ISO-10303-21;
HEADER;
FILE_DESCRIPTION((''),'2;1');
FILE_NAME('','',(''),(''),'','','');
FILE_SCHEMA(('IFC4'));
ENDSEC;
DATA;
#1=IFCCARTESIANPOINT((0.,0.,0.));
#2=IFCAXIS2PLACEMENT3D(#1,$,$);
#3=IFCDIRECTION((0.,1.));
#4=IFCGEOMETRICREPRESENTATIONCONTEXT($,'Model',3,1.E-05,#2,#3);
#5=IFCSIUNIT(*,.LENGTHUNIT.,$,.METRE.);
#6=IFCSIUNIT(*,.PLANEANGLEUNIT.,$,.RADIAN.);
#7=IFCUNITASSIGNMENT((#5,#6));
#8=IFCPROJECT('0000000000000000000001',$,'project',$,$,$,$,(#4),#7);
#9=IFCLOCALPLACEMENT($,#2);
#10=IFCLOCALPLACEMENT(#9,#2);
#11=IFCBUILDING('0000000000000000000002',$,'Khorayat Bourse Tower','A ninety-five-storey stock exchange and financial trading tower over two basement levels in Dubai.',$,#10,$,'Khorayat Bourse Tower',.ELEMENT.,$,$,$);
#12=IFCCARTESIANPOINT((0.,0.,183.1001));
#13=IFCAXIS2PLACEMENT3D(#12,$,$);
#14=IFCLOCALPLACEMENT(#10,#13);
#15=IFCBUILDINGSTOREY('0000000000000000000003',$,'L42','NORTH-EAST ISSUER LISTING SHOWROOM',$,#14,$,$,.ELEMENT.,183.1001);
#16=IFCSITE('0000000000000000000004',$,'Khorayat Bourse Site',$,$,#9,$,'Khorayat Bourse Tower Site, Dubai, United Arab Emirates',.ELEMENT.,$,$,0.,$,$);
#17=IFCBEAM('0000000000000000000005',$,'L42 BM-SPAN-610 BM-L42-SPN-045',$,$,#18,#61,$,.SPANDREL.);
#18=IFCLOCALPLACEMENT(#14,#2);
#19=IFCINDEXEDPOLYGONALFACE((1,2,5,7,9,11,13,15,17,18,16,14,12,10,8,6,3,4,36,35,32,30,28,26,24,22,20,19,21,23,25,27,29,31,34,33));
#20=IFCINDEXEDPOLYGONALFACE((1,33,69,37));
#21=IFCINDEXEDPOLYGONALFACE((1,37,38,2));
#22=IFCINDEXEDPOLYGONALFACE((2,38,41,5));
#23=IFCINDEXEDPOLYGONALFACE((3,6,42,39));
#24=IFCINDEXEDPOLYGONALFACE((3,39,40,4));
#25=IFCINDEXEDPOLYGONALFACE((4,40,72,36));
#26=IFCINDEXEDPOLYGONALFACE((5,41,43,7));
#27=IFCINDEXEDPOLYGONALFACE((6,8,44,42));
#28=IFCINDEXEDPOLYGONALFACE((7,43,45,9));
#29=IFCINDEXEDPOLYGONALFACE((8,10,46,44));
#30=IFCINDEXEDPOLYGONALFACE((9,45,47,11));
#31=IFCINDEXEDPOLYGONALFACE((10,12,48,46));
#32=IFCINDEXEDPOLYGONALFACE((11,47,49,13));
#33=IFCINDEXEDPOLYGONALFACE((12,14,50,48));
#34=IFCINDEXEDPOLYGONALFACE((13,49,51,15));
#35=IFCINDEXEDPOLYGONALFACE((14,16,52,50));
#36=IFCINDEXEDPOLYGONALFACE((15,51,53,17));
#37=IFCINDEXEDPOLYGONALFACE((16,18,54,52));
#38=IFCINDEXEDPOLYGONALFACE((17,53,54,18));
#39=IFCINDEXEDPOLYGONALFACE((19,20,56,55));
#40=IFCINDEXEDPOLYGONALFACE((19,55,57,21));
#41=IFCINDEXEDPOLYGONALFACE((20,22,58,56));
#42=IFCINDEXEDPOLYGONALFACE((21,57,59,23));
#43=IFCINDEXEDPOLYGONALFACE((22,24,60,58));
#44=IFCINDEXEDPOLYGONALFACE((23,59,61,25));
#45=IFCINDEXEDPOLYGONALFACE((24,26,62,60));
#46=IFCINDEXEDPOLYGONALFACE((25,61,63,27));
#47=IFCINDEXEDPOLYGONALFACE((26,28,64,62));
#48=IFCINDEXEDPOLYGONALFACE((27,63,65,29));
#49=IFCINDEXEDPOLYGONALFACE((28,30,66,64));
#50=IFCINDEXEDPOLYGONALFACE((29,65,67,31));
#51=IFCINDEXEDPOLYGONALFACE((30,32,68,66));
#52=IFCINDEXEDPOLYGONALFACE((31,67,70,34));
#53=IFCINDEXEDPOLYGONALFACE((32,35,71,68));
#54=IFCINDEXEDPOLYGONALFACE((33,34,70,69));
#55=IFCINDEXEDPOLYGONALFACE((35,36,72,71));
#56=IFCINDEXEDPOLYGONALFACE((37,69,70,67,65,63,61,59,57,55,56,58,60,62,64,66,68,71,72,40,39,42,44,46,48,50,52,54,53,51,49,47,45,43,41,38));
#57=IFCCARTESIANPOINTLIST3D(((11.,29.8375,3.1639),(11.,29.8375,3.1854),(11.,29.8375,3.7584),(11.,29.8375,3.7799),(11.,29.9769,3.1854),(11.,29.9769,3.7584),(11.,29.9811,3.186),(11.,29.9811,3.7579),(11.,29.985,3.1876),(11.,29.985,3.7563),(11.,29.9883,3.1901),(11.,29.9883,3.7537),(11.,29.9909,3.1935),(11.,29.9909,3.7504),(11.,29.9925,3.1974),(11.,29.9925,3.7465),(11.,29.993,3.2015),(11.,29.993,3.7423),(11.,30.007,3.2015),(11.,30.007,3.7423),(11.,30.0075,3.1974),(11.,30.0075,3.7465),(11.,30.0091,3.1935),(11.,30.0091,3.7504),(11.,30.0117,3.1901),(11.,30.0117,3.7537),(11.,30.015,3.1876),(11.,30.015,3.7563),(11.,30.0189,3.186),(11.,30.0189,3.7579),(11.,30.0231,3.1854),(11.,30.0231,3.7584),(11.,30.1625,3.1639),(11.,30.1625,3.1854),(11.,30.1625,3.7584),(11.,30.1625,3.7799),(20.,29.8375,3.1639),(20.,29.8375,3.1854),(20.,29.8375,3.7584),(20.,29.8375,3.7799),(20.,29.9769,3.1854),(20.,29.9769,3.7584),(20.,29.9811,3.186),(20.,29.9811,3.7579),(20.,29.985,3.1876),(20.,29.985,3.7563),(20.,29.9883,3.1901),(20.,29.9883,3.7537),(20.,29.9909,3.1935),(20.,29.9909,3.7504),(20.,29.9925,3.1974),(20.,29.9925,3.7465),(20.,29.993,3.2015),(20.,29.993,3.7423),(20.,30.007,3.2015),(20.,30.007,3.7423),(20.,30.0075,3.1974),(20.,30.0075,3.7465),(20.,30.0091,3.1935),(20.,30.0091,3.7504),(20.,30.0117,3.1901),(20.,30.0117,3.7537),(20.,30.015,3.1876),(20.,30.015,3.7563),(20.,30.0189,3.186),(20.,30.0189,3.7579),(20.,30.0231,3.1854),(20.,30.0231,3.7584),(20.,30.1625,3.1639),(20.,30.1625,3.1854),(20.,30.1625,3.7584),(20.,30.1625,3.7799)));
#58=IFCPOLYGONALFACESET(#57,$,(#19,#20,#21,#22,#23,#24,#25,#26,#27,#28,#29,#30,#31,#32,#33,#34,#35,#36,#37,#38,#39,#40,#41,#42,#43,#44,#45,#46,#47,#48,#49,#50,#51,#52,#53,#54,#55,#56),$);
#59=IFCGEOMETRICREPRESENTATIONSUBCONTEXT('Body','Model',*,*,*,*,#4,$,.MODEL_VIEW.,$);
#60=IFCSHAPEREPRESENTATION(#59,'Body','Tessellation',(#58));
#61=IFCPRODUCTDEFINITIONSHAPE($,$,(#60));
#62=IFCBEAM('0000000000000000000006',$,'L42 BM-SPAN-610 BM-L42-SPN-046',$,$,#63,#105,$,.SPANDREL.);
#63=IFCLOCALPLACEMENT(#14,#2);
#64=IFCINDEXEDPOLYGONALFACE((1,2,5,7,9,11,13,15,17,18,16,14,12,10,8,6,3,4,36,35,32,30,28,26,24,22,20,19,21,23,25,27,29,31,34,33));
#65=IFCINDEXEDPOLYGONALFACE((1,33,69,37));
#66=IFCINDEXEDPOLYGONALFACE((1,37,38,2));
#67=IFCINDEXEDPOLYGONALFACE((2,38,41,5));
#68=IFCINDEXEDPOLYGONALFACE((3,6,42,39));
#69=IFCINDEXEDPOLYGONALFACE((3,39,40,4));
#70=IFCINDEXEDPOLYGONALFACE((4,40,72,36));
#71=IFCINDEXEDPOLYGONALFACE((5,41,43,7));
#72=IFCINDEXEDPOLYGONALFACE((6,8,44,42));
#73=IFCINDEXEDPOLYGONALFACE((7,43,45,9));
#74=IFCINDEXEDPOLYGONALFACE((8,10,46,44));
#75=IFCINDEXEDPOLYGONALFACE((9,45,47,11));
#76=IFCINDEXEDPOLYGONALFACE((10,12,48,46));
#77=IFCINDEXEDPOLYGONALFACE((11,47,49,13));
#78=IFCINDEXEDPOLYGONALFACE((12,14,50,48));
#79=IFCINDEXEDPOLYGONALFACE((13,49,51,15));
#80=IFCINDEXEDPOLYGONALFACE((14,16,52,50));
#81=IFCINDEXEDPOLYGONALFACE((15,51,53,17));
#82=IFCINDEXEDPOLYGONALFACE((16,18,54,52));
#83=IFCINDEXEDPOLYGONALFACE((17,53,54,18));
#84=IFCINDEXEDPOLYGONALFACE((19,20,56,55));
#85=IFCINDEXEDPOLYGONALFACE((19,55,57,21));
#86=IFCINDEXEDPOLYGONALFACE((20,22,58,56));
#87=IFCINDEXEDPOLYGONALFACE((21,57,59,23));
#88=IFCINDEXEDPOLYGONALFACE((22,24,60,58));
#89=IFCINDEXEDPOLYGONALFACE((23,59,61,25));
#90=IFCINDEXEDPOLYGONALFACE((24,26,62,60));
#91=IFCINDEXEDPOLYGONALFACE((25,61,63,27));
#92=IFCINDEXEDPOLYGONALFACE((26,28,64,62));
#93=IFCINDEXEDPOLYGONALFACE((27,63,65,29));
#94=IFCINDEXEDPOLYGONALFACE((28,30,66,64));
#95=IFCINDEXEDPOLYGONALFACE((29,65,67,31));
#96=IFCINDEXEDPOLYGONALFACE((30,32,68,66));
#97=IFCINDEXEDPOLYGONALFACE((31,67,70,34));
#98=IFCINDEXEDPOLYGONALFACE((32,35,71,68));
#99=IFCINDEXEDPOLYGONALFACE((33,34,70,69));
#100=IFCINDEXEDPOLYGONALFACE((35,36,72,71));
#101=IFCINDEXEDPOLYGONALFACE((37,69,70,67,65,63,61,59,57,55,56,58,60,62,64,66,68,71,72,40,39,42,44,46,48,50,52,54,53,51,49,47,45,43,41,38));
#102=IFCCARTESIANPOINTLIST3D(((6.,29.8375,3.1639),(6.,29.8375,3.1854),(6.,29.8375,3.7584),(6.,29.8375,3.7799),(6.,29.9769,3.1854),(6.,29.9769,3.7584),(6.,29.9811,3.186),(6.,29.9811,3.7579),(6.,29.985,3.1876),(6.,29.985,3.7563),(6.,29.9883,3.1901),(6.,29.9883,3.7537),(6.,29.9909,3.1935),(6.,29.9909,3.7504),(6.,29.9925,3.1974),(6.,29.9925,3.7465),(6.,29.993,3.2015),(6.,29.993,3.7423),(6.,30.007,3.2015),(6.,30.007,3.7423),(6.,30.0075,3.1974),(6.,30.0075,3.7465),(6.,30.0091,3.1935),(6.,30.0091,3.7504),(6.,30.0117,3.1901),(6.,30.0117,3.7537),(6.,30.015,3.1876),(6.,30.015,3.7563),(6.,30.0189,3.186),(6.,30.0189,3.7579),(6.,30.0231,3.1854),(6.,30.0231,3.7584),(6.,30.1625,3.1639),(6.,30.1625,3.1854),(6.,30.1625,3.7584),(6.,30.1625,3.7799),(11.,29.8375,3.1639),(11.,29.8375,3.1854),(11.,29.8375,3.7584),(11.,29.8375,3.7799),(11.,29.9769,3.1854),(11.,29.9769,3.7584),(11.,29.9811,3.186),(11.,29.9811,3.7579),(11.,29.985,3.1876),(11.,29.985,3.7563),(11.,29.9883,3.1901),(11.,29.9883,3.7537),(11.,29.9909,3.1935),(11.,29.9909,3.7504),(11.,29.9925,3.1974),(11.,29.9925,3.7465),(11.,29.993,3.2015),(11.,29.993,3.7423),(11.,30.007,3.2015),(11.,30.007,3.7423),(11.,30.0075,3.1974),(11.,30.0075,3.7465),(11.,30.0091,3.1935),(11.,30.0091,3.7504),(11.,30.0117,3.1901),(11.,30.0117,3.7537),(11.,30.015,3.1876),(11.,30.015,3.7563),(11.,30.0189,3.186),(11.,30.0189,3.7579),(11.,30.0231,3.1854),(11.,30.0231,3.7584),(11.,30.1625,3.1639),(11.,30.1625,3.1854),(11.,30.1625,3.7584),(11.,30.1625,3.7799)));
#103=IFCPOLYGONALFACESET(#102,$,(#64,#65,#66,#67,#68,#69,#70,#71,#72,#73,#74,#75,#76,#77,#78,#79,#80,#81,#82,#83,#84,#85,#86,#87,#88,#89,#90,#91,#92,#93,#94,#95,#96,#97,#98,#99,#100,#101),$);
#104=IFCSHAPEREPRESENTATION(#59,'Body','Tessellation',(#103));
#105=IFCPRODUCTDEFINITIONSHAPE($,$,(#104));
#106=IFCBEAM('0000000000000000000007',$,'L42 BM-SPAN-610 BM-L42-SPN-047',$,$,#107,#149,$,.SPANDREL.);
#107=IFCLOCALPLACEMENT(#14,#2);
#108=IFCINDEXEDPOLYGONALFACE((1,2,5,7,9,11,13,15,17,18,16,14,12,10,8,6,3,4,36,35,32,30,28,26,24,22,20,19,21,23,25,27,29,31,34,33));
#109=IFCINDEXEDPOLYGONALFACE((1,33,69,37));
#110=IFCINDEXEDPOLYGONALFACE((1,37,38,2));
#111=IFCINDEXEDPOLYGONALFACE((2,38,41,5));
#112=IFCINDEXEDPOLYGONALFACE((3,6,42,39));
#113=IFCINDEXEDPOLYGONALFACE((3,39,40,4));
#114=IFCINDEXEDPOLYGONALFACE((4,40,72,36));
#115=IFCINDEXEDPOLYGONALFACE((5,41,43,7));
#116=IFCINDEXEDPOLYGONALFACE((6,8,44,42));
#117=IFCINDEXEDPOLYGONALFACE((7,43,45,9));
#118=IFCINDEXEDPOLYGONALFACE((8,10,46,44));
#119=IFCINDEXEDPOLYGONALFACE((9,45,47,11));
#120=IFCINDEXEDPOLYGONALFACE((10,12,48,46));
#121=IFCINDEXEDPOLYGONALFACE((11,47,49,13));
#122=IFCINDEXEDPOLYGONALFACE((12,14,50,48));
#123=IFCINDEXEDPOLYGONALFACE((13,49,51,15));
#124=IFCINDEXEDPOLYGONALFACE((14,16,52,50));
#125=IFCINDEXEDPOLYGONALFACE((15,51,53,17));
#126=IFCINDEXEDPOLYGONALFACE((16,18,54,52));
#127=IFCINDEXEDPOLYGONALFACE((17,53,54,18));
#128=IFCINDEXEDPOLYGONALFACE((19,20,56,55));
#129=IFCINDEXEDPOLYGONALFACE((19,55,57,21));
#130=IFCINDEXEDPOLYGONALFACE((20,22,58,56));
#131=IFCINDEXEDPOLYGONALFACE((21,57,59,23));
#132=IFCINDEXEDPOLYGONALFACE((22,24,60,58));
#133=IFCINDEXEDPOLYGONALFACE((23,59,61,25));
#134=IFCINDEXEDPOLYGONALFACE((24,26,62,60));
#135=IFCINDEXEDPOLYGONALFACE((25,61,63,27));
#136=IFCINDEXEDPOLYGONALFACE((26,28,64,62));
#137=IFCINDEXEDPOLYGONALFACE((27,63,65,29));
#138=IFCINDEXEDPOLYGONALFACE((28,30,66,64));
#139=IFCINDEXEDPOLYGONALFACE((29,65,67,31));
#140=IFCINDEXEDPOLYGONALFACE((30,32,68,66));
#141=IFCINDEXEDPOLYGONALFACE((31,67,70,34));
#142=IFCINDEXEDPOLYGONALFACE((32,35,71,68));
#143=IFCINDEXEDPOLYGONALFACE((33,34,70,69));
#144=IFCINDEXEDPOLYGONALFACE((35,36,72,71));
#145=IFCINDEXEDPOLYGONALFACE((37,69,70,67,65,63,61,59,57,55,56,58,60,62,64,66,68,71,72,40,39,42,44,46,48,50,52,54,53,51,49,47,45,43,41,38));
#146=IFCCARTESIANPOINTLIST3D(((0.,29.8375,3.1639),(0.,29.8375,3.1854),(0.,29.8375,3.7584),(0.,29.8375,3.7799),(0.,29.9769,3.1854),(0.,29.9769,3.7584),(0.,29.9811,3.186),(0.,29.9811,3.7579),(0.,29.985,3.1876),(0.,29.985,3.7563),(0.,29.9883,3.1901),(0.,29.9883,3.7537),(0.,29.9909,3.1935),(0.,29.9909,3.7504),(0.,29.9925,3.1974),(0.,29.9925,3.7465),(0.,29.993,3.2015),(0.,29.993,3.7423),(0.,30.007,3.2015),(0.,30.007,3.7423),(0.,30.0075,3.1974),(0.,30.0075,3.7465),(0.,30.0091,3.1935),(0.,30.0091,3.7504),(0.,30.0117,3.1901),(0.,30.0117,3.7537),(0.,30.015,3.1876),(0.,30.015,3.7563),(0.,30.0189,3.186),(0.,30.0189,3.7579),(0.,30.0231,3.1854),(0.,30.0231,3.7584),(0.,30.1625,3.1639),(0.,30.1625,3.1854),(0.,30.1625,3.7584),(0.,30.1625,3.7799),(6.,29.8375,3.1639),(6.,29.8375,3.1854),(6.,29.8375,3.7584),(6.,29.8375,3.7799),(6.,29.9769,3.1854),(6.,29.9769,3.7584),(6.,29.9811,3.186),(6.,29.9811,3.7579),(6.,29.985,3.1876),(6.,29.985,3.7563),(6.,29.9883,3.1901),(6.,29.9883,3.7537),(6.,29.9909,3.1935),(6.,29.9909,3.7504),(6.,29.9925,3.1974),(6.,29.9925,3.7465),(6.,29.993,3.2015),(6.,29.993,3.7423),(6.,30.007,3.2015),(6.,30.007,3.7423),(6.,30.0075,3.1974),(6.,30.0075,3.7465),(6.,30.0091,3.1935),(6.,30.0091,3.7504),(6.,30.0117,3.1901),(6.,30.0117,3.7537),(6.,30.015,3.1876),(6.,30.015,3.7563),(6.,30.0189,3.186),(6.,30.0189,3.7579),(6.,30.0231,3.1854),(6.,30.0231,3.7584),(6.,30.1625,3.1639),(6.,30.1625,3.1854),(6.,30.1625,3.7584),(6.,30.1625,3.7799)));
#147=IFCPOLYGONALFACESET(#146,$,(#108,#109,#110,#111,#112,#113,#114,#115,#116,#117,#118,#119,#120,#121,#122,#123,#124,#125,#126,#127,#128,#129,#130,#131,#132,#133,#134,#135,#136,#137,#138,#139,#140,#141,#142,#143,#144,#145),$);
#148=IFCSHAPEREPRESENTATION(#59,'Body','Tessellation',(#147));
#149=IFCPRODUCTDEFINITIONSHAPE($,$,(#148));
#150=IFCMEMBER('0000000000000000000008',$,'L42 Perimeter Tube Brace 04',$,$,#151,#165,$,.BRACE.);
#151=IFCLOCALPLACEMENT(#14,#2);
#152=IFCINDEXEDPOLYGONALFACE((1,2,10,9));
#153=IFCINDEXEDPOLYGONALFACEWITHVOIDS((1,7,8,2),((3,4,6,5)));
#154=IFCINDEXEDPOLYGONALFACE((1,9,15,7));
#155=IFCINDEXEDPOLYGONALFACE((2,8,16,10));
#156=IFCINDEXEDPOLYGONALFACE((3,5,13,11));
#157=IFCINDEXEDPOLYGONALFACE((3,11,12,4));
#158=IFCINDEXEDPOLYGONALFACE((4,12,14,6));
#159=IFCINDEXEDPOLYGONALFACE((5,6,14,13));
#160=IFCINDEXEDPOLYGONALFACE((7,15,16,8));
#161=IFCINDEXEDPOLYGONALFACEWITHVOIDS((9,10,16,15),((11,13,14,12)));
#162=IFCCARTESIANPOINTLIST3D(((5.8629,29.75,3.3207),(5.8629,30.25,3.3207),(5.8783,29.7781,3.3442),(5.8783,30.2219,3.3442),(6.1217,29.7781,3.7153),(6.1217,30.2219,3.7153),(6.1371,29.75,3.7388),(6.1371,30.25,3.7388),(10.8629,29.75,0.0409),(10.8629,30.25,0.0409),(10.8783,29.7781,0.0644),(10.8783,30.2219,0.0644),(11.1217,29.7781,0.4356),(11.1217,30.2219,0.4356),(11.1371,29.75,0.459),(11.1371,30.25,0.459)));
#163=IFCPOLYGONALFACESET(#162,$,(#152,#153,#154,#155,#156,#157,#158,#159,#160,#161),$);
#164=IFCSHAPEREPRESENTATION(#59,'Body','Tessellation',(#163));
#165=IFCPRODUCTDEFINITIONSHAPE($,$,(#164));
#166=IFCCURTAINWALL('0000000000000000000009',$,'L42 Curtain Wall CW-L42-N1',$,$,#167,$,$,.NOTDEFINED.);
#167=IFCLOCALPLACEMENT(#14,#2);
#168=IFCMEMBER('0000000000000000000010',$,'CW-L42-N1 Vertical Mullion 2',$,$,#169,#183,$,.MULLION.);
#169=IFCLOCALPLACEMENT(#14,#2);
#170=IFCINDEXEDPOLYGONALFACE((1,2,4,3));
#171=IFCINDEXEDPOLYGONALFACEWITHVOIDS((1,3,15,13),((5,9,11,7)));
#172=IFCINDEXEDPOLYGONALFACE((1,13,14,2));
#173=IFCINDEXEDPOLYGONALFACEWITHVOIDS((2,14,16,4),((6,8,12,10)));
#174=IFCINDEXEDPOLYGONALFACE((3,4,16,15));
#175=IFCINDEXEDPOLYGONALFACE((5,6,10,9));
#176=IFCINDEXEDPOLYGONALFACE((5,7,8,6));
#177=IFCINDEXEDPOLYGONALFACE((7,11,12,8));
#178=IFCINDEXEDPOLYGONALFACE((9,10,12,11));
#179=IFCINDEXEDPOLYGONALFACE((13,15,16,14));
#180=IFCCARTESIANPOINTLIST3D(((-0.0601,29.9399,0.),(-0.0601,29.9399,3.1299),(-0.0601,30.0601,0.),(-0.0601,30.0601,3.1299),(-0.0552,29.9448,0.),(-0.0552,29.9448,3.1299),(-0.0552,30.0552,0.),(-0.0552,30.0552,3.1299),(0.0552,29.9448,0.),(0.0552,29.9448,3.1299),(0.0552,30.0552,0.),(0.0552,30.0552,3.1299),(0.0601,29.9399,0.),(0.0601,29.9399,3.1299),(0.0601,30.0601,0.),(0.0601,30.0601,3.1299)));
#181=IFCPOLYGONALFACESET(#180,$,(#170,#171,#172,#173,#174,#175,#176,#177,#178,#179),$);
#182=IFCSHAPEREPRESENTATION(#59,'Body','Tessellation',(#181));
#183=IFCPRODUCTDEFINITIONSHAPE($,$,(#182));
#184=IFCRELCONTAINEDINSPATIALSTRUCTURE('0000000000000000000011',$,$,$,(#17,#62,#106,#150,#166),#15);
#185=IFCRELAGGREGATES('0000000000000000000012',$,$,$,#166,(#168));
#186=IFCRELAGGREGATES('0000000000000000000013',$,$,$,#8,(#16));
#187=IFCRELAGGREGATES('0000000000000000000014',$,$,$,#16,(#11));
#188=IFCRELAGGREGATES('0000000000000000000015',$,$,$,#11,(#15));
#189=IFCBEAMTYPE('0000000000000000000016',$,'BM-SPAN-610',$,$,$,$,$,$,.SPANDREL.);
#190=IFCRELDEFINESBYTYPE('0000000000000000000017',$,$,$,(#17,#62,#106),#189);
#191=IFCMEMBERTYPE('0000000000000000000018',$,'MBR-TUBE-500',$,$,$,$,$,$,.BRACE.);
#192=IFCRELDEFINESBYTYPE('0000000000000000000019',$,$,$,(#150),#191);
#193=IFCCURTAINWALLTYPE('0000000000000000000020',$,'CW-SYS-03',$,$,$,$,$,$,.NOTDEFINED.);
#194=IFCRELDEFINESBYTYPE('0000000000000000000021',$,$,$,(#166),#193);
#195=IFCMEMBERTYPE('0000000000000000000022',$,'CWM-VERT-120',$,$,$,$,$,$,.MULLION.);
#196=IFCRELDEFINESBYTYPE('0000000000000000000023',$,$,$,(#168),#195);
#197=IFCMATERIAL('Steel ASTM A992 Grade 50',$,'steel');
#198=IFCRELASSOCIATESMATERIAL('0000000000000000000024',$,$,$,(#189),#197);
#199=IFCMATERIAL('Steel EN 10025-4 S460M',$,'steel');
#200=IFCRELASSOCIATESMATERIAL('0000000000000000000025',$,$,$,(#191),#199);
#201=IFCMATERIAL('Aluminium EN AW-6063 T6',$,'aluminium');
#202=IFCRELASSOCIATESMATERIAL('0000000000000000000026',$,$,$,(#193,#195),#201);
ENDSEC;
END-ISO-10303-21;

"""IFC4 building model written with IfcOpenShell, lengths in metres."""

from ifc_helpers import new_model, si_unit, direction, frame, origin, origin_2d, place, context, subcontext, project, spatial, hollow_rectangle, i_section, extrude, source, transform, mapped, material, material_profile, profile_set, type_object, element, aggregate, save


model = new_model("IFC4")

# Units and contexts
model_context = context("Model", 3, precision=1e-05, world=origin(), true_north=direction((0.0, 1.0)))
body_context = subcontext(model_context, "Body", "Model", "MODEL_VIEW")
ifc_project = project(units=[si_unit("LENGTHUNIT", "METRE"), si_unit("PLANEANGLEUNIT", "RADIAN")], contexts=[model_context])

# Site, building, storey
site_placement = place(None, origin())
site = spatial("IfcSite", under=ifc_project, at=site_placement, Name="Khorayat Bourse Site", LongName="Khorayat Bourse Tower Site, Dubai, United Arab Emirates", CompositionType="ELEMENT", RefElevation=0.0)
building_placement = place(site_placement, origin())
building = spatial("IfcBuilding", under=site, at=building_placement, Name="Khorayat Bourse Tower", Description="A ninety-five-storey stock exchange and financial trading tower over two basement levels in Dubai.", LongName="Khorayat Bourse Tower", CompositionType="ELEMENT")
storey_placement = place(building_placement, frame((0.0, 0.0, 183.1001)))
storey = spatial("IfcBuildingStorey", under=building, at=storey_placement, Name="L42", Description="NORTH-EAST ISSUER LISTING SHOWROOM", CompositionType="ELEMENT", Elevation=183.1001)

# Shared definitions
ifc_material_1 = material(Name="Steel EN 10025-4 S460M", Category="steel")

# Beams
ifc_material_2 = material(Name="Steel ASTM A992 Grade 50", Category="steel")
ifc_material_profile_1 = material_profile(ifc_material_2, i_section(OverallWidth=0.325, OverallDepth=0.616, WebThickness=0.0139, FlangeThickness=0.0215, FilletRadius=0.0161, at=origin_2d()), Name="W610X174")
ifc_profile_set_1 = profile_set([ifc_material_profile_1], Name="Steel ASTM A992 Grade 50")
beam_type_1 = type_object("IfcBeamType", Name="BM-SPAN-610", PredefinedType="SPANDREL", material=ifc_profile_set_1)
shared_shape_1 = source(origin(), body_context, "Body", "SweptSolid", [
    extrude(i_section(OverallWidth=0.325, OverallDepth=0.616, WebThickness=0.0139, FlangeThickness=0.0215, FilletRadius=0.0161, at=origin_2d()), origin(), (0.0, 0.0, 1.0), 9.0),
])
beam_1_placement = place(storey_placement, frame((11.0, 30.0, 3.4719), z_axis=(1.0, 0.0, 0.0), x_axis=(0.0, 1.0, 0.0)))
element("IfcBeam", 1, at=beam_1_placement, inside=storey, type_object=beam_type_1, Name="L42 BM-SPAN-610 BM-L42-SPN-045", PredefinedType="SPANDREL", context=body_context, shape_type="MappedRepresentation", body=[
    mapped(shared_shape_1, transform((0.0, 0.0, 0.0), scale=1.0)),
])
shared_shape_2 = source(origin(), body_context, "Body", "SweptSolid", [
    extrude(i_section(OverallWidth=0.325, OverallDepth=0.616, WebThickness=0.0139, FlangeThickness=0.0215, FilletRadius=0.0161, at=origin_2d()), origin(), (0.0, 0.0, 1.0), 5.0),
])
beam_2_placement = place(storey_placement, frame((6.0, 30.0, 3.4719), z_axis=(1.0, 0.0, 0.0), x_axis=(0.0, 1.0, 0.0)))
element("IfcBeam", 2, at=beam_2_placement, inside=storey, type_object=beam_type_1, Name="L42 BM-SPAN-610 BM-L42-SPN-046", PredefinedType="SPANDREL", context=body_context, shape_type="MappedRepresentation", body=[
    mapped(shared_shape_2, transform((0.0, 0.0, 0.0), scale=1.0)),
])
shared_shape_3 = source(origin(), body_context, "Body", "SweptSolid", [
    extrude(i_section(OverallWidth=0.325, OverallDepth=0.616, WebThickness=0.0139, FlangeThickness=0.0215, FilletRadius=0.0161, at=origin_2d()), origin(), (0.0, 0.0, 1.0), 6.0),
])
beam_3_placement = place(storey_placement, frame((0.0, 30.0, 3.4719), z_axis=(1.0, 0.0, 0.0), x_axis=(0.0, 1.0, 0.0)))
element("IfcBeam", 3, at=beam_3_placement, inside=storey, type_object=beam_type_1, Name="L42 BM-SPAN-610 BM-L42-SPN-047", PredefinedType="SPANDREL", context=body_context, shape_type="MappedRepresentation", body=[
    mapped(shared_shape_3, transform((0.0, 0.0, 0.0), scale=1.0)),
])

# Member
ifc_material_profile_2 = material_profile(ifc_material_1, hollow_rectangle(XDim=0.5, YDim=0.5, WallThickness=0.0281, at=origin_2d()), Name="HSS 500x500x28")
ifc_profile_set_2 = profile_set([ifc_material_profile_2], Name="Steel EN 10025-4 S460M")
member_type_1 = type_object("IfcMemberType", Name="MBR-TUBE-500", PredefinedType="BRACE", material=ifc_profile_set_2)
shared_shape_4 = source(origin(), body_context, "Body", "SweptSolid", [
    extrude(hollow_rectangle(XDim=0.5, YDim=0.5, WallThickness=0.0281, at=origin_2d()), origin(), (0.0, 0.0, 1.0), 5.9797),
])
member_1_placement = place(storey_placement, frame((6.0, 30.0, 3.5298), z_axis=(0.83616, 0.0, -0.548485), x_axis=(0.0, 1.0, 0.0)))
element("IfcMember", 4, at=member_1_placement, inside=storey, type_object=member_type_1, Name="L42 Perimeter Tube Brace 04", PredefinedType="BRACE", context=body_context, shape_type="MappedRepresentation", body=[
    mapped(shared_shape_4, transform((0.0, 0.0, 0.0), scale=1.0)),
])

# Curtain wall, member
ifc_material_3 = material(Name="Aluminium EN AW-6063 T6", Category="aluminium")
curtain_wall_type = type_object("IfcCurtainWallType", Name="CW-SYS-03", PredefinedType="NOTDEFINED", material=ifc_material_3)
curtain_wall_placement = place(storey_placement, origin())
curtain_wall = element("IfcCurtainWall", 5, at=curtain_wall_placement, inside=storey, type_object=curtain_wall_type, Name="L42 Curtain Wall CW-L42-N1", PredefinedType="NOTDEFINED")
ifc_material_profile_3 = material_profile(ifc_material_3, hollow_rectangle(XDim=0.1201, YDim=0.1201, WallThickness=0.0049, at=origin_2d()), Name="ALU 120x120x5")
ifc_profile_set_3 = profile_set([ifc_material_profile_3], Name="Aluminium EN AW-6063 T6")
member_type_2 = type_object("IfcMemberType", Name="CWM-VERT-120", PredefinedType="MULLION", material=ifc_profile_set_3)
shared_shape_5 = source(origin(), body_context, "Body", "SweptSolid", [
    extrude(hollow_rectangle(XDim=0.1201, YDim=0.1201, WallThickness=0.0049, at=origin_2d()), origin(), (0.0, 0.0, 1.0), 3.1299),
])
member_2_placement = place(storey_placement, frame((0.0, 30.0, 0.0), z_axis=(0.0, 0.0, 1.0), x_axis=(0.0, 1.0, 0.0)))
member_2 = element("IfcMember", 6, at=member_2_placement, type_object=member_type_2, Name="CW-L42-N1 Vertical Mullion 2", PredefinedType="MULLION", context=body_context, shape_type="MappedRepresentation", body=[
    mapped(shared_shape_5, transform((0.0, 0.0, 0.0), scale=1.0)),
])

aggregate(curtain_wall, [member_2])

save(model, "model.ifc")
